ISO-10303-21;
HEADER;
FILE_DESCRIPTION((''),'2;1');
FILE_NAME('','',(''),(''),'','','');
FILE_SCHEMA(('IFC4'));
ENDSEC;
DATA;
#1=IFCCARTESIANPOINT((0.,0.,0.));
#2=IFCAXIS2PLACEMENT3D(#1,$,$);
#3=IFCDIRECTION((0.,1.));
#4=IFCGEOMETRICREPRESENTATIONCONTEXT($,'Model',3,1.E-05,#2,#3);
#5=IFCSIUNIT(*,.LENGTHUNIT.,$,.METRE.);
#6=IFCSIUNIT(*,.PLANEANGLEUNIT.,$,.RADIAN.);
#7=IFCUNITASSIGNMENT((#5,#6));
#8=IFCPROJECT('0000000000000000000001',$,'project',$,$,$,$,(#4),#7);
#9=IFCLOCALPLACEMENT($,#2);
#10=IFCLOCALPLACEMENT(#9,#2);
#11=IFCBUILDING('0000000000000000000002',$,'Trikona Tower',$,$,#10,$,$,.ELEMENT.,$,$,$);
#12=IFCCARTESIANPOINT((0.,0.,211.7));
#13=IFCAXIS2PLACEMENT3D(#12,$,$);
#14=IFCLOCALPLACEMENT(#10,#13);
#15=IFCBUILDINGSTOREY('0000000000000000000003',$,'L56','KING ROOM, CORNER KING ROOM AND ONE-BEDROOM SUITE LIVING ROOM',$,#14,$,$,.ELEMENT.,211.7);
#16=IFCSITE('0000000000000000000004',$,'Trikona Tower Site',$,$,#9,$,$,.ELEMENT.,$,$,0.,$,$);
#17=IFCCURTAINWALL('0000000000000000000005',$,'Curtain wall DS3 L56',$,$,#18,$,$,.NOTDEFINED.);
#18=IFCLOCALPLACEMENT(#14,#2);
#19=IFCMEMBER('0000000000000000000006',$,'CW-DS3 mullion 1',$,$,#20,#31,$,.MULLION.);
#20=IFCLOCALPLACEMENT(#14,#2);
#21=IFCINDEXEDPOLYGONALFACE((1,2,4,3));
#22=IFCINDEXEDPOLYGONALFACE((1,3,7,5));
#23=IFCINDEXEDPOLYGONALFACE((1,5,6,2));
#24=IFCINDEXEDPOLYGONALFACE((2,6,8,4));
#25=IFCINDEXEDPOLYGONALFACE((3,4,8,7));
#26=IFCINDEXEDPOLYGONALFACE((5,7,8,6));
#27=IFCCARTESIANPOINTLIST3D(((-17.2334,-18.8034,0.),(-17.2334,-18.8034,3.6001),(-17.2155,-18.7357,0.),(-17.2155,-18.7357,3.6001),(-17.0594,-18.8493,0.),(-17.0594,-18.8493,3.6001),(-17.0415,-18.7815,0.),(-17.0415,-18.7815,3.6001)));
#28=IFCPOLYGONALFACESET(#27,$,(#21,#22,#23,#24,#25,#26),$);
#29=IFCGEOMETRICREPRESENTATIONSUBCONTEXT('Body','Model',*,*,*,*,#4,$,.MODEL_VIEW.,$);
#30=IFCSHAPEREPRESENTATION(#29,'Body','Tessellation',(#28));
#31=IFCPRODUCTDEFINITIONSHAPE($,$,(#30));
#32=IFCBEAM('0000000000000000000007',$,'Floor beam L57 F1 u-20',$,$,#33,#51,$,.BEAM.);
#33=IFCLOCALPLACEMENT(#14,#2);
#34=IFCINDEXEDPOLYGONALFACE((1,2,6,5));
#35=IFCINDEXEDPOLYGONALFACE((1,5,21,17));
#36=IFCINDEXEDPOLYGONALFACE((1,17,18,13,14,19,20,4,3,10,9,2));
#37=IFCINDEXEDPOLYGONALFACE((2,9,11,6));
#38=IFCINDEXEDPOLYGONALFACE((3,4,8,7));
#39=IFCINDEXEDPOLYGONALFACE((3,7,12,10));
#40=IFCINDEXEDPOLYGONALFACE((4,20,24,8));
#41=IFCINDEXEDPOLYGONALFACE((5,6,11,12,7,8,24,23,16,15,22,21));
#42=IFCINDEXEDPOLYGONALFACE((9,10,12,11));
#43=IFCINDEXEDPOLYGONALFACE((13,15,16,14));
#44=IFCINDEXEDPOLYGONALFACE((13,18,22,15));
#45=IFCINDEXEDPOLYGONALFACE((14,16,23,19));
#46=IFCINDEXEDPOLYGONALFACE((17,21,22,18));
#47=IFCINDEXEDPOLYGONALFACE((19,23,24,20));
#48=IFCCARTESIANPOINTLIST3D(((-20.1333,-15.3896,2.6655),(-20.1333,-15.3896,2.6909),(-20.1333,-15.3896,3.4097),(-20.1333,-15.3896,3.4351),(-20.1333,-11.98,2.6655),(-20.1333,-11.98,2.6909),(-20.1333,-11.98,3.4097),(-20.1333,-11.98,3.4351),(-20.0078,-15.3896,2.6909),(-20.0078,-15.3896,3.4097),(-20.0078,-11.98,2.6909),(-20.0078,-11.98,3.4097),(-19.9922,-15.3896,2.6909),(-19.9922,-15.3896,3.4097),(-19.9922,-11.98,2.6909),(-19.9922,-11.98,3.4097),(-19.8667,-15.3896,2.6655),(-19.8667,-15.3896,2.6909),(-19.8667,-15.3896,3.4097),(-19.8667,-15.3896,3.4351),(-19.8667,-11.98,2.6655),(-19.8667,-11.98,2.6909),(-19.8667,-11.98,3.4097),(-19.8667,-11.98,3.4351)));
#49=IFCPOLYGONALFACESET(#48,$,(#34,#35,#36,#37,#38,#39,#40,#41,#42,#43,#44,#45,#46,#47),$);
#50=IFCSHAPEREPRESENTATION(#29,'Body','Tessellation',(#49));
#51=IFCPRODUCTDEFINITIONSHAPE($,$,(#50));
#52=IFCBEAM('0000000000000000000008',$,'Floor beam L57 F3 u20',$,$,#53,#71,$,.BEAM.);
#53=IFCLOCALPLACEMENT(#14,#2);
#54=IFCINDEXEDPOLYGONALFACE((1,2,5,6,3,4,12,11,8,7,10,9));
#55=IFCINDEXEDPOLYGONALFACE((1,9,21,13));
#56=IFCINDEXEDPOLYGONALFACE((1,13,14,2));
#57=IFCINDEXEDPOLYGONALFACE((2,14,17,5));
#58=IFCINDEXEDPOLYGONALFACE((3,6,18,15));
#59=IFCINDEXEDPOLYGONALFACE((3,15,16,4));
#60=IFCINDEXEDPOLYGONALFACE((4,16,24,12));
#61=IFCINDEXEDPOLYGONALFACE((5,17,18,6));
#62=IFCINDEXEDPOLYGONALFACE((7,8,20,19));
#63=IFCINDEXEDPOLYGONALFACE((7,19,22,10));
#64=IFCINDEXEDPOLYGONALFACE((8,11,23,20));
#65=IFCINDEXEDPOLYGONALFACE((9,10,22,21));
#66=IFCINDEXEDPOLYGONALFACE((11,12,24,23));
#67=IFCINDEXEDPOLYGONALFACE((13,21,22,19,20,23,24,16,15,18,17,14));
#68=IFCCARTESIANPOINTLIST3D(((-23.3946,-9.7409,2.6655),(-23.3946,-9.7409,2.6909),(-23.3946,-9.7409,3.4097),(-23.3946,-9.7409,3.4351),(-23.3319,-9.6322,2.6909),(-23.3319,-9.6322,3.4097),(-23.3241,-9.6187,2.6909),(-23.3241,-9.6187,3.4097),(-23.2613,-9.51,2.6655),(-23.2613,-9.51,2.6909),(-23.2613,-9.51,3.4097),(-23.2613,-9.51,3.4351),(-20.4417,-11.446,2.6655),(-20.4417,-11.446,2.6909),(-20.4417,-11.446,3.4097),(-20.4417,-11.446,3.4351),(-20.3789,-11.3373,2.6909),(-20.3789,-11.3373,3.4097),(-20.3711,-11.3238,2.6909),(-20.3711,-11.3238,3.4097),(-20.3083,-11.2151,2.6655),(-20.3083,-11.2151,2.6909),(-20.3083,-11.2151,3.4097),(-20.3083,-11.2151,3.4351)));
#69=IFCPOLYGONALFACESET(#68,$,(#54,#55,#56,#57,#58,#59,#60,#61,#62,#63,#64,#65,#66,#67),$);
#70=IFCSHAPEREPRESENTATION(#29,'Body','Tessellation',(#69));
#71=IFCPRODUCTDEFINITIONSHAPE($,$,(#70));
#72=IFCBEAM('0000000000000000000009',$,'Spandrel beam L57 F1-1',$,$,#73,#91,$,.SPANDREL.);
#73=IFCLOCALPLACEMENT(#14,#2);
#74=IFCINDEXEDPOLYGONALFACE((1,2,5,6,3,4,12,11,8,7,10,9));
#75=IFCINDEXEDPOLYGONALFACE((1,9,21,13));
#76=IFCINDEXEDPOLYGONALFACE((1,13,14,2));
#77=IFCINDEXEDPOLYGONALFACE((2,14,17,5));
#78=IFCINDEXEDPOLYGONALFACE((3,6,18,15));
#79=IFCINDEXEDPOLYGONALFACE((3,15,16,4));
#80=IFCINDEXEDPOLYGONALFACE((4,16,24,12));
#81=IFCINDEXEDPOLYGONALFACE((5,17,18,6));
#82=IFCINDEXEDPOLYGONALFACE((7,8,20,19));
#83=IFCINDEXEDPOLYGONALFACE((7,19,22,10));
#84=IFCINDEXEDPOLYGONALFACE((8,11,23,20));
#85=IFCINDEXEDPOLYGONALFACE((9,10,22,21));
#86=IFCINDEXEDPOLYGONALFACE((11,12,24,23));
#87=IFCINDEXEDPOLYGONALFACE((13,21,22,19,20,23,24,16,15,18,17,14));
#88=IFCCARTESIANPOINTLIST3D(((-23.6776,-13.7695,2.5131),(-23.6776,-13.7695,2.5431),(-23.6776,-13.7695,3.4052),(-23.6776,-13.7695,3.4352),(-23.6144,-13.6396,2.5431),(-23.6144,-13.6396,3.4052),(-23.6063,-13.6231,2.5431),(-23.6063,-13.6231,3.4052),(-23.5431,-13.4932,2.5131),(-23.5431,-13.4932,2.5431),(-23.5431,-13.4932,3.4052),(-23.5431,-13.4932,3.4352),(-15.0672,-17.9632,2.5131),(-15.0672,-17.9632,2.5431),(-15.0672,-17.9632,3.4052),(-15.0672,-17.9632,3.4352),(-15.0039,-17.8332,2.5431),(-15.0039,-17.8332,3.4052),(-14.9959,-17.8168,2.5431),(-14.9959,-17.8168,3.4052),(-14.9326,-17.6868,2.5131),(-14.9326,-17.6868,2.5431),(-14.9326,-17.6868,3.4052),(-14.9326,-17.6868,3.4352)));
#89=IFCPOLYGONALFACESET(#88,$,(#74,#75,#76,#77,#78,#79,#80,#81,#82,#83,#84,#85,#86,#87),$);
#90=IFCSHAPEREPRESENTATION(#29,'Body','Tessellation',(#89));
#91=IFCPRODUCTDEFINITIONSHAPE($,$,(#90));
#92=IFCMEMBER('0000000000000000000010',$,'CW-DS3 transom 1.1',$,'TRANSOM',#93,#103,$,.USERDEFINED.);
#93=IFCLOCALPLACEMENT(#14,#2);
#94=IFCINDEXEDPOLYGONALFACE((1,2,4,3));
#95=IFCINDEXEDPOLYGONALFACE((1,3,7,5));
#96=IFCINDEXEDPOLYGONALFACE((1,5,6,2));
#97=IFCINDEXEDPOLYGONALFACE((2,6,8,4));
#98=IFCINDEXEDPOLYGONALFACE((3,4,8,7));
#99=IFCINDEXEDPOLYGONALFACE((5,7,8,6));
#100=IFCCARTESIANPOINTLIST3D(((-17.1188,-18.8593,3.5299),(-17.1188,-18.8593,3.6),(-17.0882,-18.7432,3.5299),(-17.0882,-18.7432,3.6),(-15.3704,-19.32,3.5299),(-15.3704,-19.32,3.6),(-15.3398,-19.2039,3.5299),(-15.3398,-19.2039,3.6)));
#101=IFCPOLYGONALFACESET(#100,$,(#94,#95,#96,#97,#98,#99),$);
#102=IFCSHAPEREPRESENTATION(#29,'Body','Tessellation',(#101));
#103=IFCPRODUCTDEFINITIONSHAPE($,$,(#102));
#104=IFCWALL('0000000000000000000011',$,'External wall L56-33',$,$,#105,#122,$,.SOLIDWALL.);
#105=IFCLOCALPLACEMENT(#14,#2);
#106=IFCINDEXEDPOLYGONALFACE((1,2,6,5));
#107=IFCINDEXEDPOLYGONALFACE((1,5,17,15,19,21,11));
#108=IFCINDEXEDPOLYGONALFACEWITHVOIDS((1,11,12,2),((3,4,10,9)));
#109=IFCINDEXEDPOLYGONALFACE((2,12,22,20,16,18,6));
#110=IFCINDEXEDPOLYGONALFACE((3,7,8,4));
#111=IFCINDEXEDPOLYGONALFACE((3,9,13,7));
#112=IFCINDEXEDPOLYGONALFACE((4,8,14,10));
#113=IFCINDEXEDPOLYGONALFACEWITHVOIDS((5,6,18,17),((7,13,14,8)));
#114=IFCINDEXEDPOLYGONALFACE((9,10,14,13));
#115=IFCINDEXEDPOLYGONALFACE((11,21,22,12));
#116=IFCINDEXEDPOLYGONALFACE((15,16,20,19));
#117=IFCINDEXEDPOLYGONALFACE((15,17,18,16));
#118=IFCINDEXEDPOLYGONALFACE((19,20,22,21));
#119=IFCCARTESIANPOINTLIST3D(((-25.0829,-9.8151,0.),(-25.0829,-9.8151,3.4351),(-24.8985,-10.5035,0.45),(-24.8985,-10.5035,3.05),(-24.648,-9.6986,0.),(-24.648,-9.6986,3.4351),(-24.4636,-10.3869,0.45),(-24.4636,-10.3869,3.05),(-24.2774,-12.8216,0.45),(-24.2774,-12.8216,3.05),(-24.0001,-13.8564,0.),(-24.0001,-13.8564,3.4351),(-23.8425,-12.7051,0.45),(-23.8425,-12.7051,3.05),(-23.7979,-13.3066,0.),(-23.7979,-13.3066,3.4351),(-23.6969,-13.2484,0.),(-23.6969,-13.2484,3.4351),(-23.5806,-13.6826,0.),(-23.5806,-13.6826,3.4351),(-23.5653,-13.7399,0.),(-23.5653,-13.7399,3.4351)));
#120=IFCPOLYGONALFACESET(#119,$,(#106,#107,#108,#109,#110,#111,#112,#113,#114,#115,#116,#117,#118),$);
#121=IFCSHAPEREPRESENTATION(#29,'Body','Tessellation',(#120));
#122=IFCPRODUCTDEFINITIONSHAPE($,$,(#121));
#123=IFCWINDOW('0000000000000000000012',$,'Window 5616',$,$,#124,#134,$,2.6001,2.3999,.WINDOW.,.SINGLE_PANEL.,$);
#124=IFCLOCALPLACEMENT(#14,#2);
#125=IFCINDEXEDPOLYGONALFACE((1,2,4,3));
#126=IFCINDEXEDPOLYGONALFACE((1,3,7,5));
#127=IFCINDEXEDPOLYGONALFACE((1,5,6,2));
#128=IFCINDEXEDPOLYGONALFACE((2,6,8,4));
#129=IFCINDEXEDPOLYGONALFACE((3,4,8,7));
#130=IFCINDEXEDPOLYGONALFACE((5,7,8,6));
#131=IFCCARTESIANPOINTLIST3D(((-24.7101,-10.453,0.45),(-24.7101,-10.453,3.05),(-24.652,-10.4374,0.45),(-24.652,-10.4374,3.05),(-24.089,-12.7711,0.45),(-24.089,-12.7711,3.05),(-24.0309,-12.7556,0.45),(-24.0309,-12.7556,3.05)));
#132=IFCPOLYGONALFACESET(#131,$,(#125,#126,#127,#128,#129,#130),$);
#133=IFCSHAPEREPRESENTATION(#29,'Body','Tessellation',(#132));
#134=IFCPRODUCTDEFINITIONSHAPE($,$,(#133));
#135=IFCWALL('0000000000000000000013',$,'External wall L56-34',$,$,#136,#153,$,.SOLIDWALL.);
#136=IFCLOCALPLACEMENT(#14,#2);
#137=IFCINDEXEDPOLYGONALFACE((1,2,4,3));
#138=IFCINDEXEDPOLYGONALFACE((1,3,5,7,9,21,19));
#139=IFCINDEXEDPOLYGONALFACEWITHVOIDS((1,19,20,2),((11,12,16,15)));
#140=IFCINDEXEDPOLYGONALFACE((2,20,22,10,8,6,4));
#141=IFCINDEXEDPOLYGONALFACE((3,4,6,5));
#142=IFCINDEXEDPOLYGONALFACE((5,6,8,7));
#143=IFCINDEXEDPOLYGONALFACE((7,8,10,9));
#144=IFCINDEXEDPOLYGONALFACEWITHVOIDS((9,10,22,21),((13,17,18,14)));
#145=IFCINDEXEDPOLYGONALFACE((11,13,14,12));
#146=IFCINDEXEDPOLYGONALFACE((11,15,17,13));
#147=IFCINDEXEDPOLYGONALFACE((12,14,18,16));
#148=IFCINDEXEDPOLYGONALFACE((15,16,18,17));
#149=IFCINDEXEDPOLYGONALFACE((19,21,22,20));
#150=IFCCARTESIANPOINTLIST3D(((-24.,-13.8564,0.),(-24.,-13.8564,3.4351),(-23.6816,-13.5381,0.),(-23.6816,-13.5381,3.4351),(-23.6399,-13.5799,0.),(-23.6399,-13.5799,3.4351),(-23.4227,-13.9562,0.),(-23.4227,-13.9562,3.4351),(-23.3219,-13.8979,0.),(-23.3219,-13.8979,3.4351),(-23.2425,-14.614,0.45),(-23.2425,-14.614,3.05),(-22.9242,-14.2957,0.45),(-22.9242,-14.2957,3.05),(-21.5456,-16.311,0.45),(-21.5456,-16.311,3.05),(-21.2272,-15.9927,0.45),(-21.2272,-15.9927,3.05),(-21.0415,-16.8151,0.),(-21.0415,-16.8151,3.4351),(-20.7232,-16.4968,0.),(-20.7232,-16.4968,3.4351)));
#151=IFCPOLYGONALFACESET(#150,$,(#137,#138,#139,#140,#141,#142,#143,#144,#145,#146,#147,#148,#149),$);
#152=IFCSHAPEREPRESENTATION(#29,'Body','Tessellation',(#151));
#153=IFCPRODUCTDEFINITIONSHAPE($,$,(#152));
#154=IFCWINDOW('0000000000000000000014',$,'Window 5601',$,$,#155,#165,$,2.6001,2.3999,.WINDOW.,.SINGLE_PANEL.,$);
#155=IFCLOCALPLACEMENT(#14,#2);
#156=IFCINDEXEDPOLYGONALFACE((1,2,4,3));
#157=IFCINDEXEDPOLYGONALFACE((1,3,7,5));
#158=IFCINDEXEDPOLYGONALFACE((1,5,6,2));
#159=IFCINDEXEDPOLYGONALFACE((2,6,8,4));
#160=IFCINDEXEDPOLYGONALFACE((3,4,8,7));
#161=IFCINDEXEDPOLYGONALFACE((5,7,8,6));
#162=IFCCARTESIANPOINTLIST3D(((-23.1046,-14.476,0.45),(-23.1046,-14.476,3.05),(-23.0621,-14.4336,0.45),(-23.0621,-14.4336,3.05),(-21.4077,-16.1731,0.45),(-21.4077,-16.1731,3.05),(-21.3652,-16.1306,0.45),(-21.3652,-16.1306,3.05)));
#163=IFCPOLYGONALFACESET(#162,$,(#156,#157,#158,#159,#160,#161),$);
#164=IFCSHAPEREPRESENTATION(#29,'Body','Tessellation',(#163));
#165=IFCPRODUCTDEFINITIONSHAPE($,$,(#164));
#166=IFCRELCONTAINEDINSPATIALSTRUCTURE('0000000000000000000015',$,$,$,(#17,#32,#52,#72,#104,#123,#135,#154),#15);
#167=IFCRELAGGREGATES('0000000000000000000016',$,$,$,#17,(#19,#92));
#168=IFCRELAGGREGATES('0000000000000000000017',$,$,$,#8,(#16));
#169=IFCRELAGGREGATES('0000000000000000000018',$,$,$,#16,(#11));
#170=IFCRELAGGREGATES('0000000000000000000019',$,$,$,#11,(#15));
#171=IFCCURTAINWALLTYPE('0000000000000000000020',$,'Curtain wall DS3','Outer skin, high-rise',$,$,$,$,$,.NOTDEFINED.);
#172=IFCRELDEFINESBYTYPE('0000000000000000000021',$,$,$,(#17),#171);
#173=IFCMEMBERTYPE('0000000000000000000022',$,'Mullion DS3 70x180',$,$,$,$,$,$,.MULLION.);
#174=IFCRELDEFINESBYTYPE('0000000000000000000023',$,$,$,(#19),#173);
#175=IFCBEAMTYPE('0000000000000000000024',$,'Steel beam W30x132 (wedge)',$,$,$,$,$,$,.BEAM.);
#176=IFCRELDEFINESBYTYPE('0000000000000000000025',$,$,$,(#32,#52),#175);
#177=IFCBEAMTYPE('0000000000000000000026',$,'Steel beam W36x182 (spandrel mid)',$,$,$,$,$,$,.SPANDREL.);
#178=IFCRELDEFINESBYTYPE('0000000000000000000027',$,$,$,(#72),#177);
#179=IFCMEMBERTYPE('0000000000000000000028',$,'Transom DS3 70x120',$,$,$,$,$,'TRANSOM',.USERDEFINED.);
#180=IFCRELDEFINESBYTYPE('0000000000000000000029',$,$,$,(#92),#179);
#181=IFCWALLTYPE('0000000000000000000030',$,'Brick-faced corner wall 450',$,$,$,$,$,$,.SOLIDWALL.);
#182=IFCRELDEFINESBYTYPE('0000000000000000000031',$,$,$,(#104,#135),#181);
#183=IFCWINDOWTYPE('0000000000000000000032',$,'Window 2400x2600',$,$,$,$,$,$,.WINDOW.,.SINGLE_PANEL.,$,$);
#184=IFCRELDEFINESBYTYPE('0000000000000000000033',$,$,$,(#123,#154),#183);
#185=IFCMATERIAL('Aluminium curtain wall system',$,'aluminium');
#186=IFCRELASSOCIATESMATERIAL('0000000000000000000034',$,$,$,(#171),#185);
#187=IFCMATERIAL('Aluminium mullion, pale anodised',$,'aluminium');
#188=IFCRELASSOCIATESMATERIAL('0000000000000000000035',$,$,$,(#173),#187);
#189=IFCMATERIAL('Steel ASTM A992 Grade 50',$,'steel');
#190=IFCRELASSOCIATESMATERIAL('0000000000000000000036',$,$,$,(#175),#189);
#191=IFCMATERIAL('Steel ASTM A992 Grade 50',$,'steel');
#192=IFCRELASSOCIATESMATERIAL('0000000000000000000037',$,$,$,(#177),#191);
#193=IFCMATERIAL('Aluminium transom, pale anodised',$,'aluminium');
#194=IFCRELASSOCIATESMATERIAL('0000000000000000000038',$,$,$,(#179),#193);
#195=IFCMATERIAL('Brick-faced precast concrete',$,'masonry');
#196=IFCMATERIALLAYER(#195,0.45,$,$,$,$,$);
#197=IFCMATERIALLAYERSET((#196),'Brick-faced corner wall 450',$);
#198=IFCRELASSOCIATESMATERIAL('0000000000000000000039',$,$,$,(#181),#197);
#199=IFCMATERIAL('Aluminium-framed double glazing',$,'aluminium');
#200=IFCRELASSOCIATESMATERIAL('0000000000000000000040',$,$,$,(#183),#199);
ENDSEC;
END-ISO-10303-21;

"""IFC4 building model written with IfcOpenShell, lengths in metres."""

from ifc_helpers import new_model, si_unit, direction, frame, frame_2d, origin, origin_2d, place, context, subcontext, project, spatial, polyline, rectangle, i_section, outline, extrude, material, layer, layer_set, material_profile, profile_set, type_object, element, fill, aggregate, save


model = new_model("IFC4")

# Units and contexts
model_context = context("Model", 3, precision=1e-05, world=origin(), true_north=direction((0.0, 1.0)))
body_context = subcontext(model_context, "Body", "Model", "MODEL_VIEW")
ifc_project = project(units=[si_unit("LENGTHUNIT", "METRE"), si_unit("PLANEANGLEUNIT", "RADIAN")], contexts=[model_context])

# Site, building, storey
site_placement = place(None, origin())
site = spatial("IfcSite", under=ifc_project, at=site_placement, Name="Trikona Tower Site", CompositionType="ELEMENT", RefElevation=0.0)
building_placement = place(site_placement, origin())
building = spatial("IfcBuilding", under=site, at=building_placement, Name="Trikona Tower", CompositionType="ELEMENT")
storey_placement = place(building_placement, frame((0.0, 0.0, 211.7)))
storey = spatial("IfcBuildingStorey", under=building, at=storey_placement, Name="L56", Description="KING ROOM, CORNER KING ROOM AND ONE-BEDROOM SUITE LIVING ROOM", CompositionType="ELEMENT", Elevation=211.7)

# Curtain wall, member
ifc_material_1 = material(Name="Aluminium curtain wall system", Category="aluminium")
curtain_wall_type = type_object("IfcCurtainWallType", Name="Curtain wall DS3", Description="Outer skin, high-rise", PredefinedType="NOTDEFINED", material=ifc_material_1)
curtain_wall_placement = place(storey_placement, origin())
curtain_wall = element("IfcCurtainWall", 1, at=curtain_wall_placement, inside=storey, type_object=curtain_wall_type, Name="Curtain wall DS3 L56", PredefinedType="NOTDEFINED")
ifc_material_2 = material(Name="Aluminium mullion, pale anodised", Category="aluminium")
ifc_material_profile_1 = material_profile(ifc_material_2, rectangle(XDim=0.0701, YDim=0.1799, at=origin_2d()), Name="MUL-DS3")
ifc_profile_set_1 = profile_set([ifc_material_profile_1], Name="Aluminium mullion, pale anodised")
member_type_1 = type_object("IfcMemberType", Name="Mullion DS3 70x180", PredefinedType="MULLION", material=ifc_profile_set_1)
member_1_placement = place(storey_placement, frame((-17.1375, -18.7925, 0.0), z_axis=(0.0, 0.0, 1.0), x_axis=(0.254786, 0.966997, 0.0)))
member_1 = element("IfcMember", 2, at=member_1_placement, type_object=member_type_1, Name="CW-DS3 mullion 1", PredefinedType="MULLION", context=body_context, shape_type="SweptSolid", body=[
    extrude(rectangle(XDim=0.0701, YDim=0.1799, at=origin_2d()), origin(), (0.0, 0.0, 1.0), 3.6001),
])

# Beams
ifc_material_3 = material(Name="Steel ASTM A992 Grade 50", Category="steel")
ifc_material_profile_2 = material_profile(ifc_material_3, i_section(OverallWidth=0.2666, OverallDepth=0.7695, WebThickness=0.0156, FlangeThickness=0.0254, at=origin_2d()), Name="W30X132")
ifc_profile_set_2 = profile_set([ifc_material_profile_2], Name="Steel ASTM A992 Grade 50")
beam_type_1 = type_object("IfcBeamType", Name="Steel beam W30x132 (wedge)", PredefinedType="BEAM", material=ifc_profile_set_2)
beam_1_placement = place(storey_placement, frame((-20.0, -11.98, 3.0503), z_axis=(0.0, -1.0, 0.0), x_axis=(1.0, 0.0, 0.0)))
element("IfcBeam", 3, at=beam_1_placement, inside=storey, type_object=beam_type_1, Name="Floor beam L57 F1 u-20", PredefinedType="BEAM", context=body_context, shape_type="SweptSolid", body=[
    extrude(i_section(OverallWidth=0.2666, OverallDepth=0.7695, WebThickness=0.0156, FlangeThickness=0.0254, at=origin_2d()), origin(), (0.0, 0.0, 1.0), 3.4097),
])
beam_2_placement = place(storey_placement, frame((-20.375, -11.3306, 3.0503), z_axis=(-0.865996, 0.500051, 0.0), x_axis=(-0.500051, -0.865996, 0.0)))
element("IfcBeam", 4, at=beam_2_placement, inside=storey, type_object=beam_type_1, Name="Floor beam L57 F3 u20", PredefinedType="BEAM", context=body_context, shape_type="SweptSolid", body=[
    extrude(i_section(OverallWidth=0.2666, OverallDepth=0.7695, WebThickness=0.0156, FlangeThickness=0.0254, at=origin_2d()), origin(), (0.0, 0.0, 1.0), 3.4099),
])
ifc_material_4 = material(Name="Steel ASTM A992 Grade 50", Category="steel")
ifc_material_profile_3 = material_profile(ifc_material_4, i_section(OverallWidth=0.3074, OverallDepth=0.9221, WebThickness=0.0183, FlangeThickness=0.03, at=origin_2d()), Name="W36X182")
ifc_profile_set_3 = profile_set([ifc_material_profile_3], Name="Steel ASTM A992 Grade 50")
beam_type_2 = type_object("IfcBeamType", Name="Steel beam W36x182 (spandrel mid)", PredefinedType="SPANDREL", material=ifc_profile_set_3)
beam_3_placement = place(storey_placement, frame((-23.6104, -13.6313, 2.9741), z_axis=(0.899039, -0.43787, 0.0), x_axis=(0.43787, 0.899039, 0.0)))
element("IfcBeam", 5, at=beam_3_placement, inside=storey, type_object=beam_type_2, Name="Spandrel beam L57 F1-1", PredefinedType="SPANDREL", context=body_context, shape_type="SweptSolid", body=[
    extrude(i_section(OverallWidth=0.3074, OverallDepth=0.9221, WebThickness=0.0183, FlangeThickness=0.03, at=origin_2d()), origin(), (0.0, 0.0, 1.0), 9.5774),
])

# Member
ifc_material_5 = material(Name="Aluminium transom, pale anodised", Category="aluminium")
ifc_material_profile_4 = material_profile(ifc_material_5, rectangle(XDim=0.1201, YDim=0.0701, at=origin_2d()), Name="TRN-DS3")
ifc_profile_set_4 = profile_set([ifc_material_profile_4], Name="Aluminium transom, pale anodised")
member_type_2 = type_object("IfcMemberType", Name="Transom DS3 70x120", ElementType="TRANSOM", PredefinedType="USERDEFINED", material=ifc_profile_set_4)
member_2_placement = place(storey_placement, frame((-17.1035, -18.8013, 3.5649), z_axis=(0.966999, -0.254779, 0.0), x_axis=(0.254779, 0.966999, 0.0)))
member_2 = element("IfcMember", 6, at=member_2_placement, type_object=member_type_2, Name="CW-DS3 transom 1.1", ObjectType="TRANSOM", PredefinedType="USERDEFINED", context=body_context, shape_type="SweptSolid", body=[
    extrude(rectangle(XDim=0.1201, YDim=0.0701, at=origin_2d()), origin(), (0.0, 0.0, 1.0), 1.8081),
])
aggregate(curtain_wall, [member_1, member_2])

# Walls, openings, windows
ifc_material_6 = material(Name="Brick-faced precast concrete", Category="masonry")
ifc_layer_1 = layer(ifc_material_6, 0.45)
ifc_layer_set_1 = layer_set([ifc_layer_1], Name="Brick-faced corner wall 450")
wall_type_1 = type_object("IfcWallType", Name="Brick-faced corner wall 450", PredefinedType="SOLIDWALL", material=ifc_layer_set_1)
wall_1_placement = place(storey_placement, frame((-24.8655, -9.7568, 0.0), z_axis=(0.0, 0.0, 1.0), x_axis=(0.258799, -0.965931, 0.0)))
wall_1 = element("IfcWall", 7, at=wall_1_placement, inside=storey, type_object=wall_type_1, Name="External wall L56-33", PredefinedType="SOLIDWALL", context=body_context, shape_type="SweptSolid", body=[
    extrude(outline(polyline([(4.1838, 0.2251), (4.1245, 0.2251), (3.7051, 0.1125), (3.675, 0.2251), (0.0, 0.2251), (0.0, -0.2251), (4.1838, -0.2251), (4.1838, 0.2251)])), origin(), (0.0, 0.0, 1.0), 3.4351),
])
opening_1_placement = place(wall_1_placement, frame((0.7126, 0.0, 0.45)))
opening_1 = element("IfcOpeningElement", 8, at=opening_1_placement, cuts=wall_1, PredefinedType="OPENING", context=body_context, shape_type="SweptSolid", body=[
    extrude(rectangle(XDim=2.3999, YDim=2.6001, at=frame_2d((1.2, 1.3))), frame((0.0, 0.2349, 0.0), z_axis=(0.0, -1.0, 0.0), x_axis=(1.0, 0.0, 0.0)), (0.0, 0.0, 1.0), 0.47),
])
ifc_material_7 = material(Name="Aluminium-framed double glazing", Category="aluminium")
window_type_1 = type_object("IfcWindowType", Name="Window 2400x2600", PartitioningType="SINGLE_PANEL", PredefinedType="WINDOW", material=ifc_material_7)
window_1_placement = place(opening_1_placement, origin())
window_1 = element("IfcWindow", 9, at=window_1_placement, inside=storey, type_object=window_type_1, Name="Window 5616", OverallHeight=2.6001, OverallWidth=2.3999, PartitioningType="SINGLE_PANEL", PredefinedType="WINDOW", context=body_context, shape_type="SweptSolid", body=[
    extrude(rectangle(XDim=2.3999, YDim=2.6001, at=frame_2d((1.2, 1.3))), frame((0.0, 0.03, 0.0), z_axis=(0.0, -1.0, 0.0), x_axis=(1.0, 0.0, 0.0)), (0.0, 0.0, 1.0), 0.0601),
])
fill(opening_1, window_1)
wall_2_placement = place(storey_placement, frame((-23.8408, -13.6973, 0.0), z_axis=(0.0, 0.0, 1.0), x_axis=(0.707078, -0.707136, 0.0)))
wall_2 = element("IfcWall", 10, at=wall_2_placement, inside=storey, type_object=wall_type_1, Name="External wall L56-34", PredefinedType="SOLIDWALL", context=body_context, shape_type="SweptSolid", body=[
    extrude(outline(polyline([(4.1841, 0.2251), (0.5088, 0.2251), (0.4788, 0.1125), (0.0591, 0.2251), (0.0, 0.2251), (0.0, -0.2251), (4.1841, -0.2251), (4.1841, 0.2251)])), origin(), (0.0, 0.0, 1.0), 3.4351),
])
opening_2_placement = place(wall_2_placement, frame((1.0713, 0.0, 0.45)))
opening_2 = element("IfcOpeningElement", 11, at=opening_2_placement, cuts=wall_2, PredefinedType="OPENING", context=body_context, shape_type="SweptSolid", body=[
    extrude(rectangle(XDim=2.3999, YDim=2.6001, at=frame_2d((1.2, 1.3))), frame((0.0, 0.2349, 0.0), z_axis=(0.0, -1.0, 0.0), x_axis=(1.0, 0.0, 0.0)), (0.0, 0.0, 1.0), 0.47),
])
window_2_placement = place(opening_2_placement, origin())
window_2 = element("IfcWindow", 12, at=window_2_placement, inside=storey, type_object=window_type_1, Name="Window 5601", OverallHeight=2.6001, OverallWidth=2.3999, PartitioningType="SINGLE_PANEL", PredefinedType="WINDOW", context=body_context, shape_type="SweptSolid", body=[
    extrude(rectangle(XDim=2.3999, YDim=2.6001, at=frame_2d((1.2, 1.3))), frame((0.0, 0.03, 0.0), z_axis=(0.0, -1.0, 0.0), x_axis=(1.0, 0.0, 0.0)), (0.0, 0.0, 1.0), 0.0601),
])
fill(opening_2, window_2)

save(model, "model.ifc")
